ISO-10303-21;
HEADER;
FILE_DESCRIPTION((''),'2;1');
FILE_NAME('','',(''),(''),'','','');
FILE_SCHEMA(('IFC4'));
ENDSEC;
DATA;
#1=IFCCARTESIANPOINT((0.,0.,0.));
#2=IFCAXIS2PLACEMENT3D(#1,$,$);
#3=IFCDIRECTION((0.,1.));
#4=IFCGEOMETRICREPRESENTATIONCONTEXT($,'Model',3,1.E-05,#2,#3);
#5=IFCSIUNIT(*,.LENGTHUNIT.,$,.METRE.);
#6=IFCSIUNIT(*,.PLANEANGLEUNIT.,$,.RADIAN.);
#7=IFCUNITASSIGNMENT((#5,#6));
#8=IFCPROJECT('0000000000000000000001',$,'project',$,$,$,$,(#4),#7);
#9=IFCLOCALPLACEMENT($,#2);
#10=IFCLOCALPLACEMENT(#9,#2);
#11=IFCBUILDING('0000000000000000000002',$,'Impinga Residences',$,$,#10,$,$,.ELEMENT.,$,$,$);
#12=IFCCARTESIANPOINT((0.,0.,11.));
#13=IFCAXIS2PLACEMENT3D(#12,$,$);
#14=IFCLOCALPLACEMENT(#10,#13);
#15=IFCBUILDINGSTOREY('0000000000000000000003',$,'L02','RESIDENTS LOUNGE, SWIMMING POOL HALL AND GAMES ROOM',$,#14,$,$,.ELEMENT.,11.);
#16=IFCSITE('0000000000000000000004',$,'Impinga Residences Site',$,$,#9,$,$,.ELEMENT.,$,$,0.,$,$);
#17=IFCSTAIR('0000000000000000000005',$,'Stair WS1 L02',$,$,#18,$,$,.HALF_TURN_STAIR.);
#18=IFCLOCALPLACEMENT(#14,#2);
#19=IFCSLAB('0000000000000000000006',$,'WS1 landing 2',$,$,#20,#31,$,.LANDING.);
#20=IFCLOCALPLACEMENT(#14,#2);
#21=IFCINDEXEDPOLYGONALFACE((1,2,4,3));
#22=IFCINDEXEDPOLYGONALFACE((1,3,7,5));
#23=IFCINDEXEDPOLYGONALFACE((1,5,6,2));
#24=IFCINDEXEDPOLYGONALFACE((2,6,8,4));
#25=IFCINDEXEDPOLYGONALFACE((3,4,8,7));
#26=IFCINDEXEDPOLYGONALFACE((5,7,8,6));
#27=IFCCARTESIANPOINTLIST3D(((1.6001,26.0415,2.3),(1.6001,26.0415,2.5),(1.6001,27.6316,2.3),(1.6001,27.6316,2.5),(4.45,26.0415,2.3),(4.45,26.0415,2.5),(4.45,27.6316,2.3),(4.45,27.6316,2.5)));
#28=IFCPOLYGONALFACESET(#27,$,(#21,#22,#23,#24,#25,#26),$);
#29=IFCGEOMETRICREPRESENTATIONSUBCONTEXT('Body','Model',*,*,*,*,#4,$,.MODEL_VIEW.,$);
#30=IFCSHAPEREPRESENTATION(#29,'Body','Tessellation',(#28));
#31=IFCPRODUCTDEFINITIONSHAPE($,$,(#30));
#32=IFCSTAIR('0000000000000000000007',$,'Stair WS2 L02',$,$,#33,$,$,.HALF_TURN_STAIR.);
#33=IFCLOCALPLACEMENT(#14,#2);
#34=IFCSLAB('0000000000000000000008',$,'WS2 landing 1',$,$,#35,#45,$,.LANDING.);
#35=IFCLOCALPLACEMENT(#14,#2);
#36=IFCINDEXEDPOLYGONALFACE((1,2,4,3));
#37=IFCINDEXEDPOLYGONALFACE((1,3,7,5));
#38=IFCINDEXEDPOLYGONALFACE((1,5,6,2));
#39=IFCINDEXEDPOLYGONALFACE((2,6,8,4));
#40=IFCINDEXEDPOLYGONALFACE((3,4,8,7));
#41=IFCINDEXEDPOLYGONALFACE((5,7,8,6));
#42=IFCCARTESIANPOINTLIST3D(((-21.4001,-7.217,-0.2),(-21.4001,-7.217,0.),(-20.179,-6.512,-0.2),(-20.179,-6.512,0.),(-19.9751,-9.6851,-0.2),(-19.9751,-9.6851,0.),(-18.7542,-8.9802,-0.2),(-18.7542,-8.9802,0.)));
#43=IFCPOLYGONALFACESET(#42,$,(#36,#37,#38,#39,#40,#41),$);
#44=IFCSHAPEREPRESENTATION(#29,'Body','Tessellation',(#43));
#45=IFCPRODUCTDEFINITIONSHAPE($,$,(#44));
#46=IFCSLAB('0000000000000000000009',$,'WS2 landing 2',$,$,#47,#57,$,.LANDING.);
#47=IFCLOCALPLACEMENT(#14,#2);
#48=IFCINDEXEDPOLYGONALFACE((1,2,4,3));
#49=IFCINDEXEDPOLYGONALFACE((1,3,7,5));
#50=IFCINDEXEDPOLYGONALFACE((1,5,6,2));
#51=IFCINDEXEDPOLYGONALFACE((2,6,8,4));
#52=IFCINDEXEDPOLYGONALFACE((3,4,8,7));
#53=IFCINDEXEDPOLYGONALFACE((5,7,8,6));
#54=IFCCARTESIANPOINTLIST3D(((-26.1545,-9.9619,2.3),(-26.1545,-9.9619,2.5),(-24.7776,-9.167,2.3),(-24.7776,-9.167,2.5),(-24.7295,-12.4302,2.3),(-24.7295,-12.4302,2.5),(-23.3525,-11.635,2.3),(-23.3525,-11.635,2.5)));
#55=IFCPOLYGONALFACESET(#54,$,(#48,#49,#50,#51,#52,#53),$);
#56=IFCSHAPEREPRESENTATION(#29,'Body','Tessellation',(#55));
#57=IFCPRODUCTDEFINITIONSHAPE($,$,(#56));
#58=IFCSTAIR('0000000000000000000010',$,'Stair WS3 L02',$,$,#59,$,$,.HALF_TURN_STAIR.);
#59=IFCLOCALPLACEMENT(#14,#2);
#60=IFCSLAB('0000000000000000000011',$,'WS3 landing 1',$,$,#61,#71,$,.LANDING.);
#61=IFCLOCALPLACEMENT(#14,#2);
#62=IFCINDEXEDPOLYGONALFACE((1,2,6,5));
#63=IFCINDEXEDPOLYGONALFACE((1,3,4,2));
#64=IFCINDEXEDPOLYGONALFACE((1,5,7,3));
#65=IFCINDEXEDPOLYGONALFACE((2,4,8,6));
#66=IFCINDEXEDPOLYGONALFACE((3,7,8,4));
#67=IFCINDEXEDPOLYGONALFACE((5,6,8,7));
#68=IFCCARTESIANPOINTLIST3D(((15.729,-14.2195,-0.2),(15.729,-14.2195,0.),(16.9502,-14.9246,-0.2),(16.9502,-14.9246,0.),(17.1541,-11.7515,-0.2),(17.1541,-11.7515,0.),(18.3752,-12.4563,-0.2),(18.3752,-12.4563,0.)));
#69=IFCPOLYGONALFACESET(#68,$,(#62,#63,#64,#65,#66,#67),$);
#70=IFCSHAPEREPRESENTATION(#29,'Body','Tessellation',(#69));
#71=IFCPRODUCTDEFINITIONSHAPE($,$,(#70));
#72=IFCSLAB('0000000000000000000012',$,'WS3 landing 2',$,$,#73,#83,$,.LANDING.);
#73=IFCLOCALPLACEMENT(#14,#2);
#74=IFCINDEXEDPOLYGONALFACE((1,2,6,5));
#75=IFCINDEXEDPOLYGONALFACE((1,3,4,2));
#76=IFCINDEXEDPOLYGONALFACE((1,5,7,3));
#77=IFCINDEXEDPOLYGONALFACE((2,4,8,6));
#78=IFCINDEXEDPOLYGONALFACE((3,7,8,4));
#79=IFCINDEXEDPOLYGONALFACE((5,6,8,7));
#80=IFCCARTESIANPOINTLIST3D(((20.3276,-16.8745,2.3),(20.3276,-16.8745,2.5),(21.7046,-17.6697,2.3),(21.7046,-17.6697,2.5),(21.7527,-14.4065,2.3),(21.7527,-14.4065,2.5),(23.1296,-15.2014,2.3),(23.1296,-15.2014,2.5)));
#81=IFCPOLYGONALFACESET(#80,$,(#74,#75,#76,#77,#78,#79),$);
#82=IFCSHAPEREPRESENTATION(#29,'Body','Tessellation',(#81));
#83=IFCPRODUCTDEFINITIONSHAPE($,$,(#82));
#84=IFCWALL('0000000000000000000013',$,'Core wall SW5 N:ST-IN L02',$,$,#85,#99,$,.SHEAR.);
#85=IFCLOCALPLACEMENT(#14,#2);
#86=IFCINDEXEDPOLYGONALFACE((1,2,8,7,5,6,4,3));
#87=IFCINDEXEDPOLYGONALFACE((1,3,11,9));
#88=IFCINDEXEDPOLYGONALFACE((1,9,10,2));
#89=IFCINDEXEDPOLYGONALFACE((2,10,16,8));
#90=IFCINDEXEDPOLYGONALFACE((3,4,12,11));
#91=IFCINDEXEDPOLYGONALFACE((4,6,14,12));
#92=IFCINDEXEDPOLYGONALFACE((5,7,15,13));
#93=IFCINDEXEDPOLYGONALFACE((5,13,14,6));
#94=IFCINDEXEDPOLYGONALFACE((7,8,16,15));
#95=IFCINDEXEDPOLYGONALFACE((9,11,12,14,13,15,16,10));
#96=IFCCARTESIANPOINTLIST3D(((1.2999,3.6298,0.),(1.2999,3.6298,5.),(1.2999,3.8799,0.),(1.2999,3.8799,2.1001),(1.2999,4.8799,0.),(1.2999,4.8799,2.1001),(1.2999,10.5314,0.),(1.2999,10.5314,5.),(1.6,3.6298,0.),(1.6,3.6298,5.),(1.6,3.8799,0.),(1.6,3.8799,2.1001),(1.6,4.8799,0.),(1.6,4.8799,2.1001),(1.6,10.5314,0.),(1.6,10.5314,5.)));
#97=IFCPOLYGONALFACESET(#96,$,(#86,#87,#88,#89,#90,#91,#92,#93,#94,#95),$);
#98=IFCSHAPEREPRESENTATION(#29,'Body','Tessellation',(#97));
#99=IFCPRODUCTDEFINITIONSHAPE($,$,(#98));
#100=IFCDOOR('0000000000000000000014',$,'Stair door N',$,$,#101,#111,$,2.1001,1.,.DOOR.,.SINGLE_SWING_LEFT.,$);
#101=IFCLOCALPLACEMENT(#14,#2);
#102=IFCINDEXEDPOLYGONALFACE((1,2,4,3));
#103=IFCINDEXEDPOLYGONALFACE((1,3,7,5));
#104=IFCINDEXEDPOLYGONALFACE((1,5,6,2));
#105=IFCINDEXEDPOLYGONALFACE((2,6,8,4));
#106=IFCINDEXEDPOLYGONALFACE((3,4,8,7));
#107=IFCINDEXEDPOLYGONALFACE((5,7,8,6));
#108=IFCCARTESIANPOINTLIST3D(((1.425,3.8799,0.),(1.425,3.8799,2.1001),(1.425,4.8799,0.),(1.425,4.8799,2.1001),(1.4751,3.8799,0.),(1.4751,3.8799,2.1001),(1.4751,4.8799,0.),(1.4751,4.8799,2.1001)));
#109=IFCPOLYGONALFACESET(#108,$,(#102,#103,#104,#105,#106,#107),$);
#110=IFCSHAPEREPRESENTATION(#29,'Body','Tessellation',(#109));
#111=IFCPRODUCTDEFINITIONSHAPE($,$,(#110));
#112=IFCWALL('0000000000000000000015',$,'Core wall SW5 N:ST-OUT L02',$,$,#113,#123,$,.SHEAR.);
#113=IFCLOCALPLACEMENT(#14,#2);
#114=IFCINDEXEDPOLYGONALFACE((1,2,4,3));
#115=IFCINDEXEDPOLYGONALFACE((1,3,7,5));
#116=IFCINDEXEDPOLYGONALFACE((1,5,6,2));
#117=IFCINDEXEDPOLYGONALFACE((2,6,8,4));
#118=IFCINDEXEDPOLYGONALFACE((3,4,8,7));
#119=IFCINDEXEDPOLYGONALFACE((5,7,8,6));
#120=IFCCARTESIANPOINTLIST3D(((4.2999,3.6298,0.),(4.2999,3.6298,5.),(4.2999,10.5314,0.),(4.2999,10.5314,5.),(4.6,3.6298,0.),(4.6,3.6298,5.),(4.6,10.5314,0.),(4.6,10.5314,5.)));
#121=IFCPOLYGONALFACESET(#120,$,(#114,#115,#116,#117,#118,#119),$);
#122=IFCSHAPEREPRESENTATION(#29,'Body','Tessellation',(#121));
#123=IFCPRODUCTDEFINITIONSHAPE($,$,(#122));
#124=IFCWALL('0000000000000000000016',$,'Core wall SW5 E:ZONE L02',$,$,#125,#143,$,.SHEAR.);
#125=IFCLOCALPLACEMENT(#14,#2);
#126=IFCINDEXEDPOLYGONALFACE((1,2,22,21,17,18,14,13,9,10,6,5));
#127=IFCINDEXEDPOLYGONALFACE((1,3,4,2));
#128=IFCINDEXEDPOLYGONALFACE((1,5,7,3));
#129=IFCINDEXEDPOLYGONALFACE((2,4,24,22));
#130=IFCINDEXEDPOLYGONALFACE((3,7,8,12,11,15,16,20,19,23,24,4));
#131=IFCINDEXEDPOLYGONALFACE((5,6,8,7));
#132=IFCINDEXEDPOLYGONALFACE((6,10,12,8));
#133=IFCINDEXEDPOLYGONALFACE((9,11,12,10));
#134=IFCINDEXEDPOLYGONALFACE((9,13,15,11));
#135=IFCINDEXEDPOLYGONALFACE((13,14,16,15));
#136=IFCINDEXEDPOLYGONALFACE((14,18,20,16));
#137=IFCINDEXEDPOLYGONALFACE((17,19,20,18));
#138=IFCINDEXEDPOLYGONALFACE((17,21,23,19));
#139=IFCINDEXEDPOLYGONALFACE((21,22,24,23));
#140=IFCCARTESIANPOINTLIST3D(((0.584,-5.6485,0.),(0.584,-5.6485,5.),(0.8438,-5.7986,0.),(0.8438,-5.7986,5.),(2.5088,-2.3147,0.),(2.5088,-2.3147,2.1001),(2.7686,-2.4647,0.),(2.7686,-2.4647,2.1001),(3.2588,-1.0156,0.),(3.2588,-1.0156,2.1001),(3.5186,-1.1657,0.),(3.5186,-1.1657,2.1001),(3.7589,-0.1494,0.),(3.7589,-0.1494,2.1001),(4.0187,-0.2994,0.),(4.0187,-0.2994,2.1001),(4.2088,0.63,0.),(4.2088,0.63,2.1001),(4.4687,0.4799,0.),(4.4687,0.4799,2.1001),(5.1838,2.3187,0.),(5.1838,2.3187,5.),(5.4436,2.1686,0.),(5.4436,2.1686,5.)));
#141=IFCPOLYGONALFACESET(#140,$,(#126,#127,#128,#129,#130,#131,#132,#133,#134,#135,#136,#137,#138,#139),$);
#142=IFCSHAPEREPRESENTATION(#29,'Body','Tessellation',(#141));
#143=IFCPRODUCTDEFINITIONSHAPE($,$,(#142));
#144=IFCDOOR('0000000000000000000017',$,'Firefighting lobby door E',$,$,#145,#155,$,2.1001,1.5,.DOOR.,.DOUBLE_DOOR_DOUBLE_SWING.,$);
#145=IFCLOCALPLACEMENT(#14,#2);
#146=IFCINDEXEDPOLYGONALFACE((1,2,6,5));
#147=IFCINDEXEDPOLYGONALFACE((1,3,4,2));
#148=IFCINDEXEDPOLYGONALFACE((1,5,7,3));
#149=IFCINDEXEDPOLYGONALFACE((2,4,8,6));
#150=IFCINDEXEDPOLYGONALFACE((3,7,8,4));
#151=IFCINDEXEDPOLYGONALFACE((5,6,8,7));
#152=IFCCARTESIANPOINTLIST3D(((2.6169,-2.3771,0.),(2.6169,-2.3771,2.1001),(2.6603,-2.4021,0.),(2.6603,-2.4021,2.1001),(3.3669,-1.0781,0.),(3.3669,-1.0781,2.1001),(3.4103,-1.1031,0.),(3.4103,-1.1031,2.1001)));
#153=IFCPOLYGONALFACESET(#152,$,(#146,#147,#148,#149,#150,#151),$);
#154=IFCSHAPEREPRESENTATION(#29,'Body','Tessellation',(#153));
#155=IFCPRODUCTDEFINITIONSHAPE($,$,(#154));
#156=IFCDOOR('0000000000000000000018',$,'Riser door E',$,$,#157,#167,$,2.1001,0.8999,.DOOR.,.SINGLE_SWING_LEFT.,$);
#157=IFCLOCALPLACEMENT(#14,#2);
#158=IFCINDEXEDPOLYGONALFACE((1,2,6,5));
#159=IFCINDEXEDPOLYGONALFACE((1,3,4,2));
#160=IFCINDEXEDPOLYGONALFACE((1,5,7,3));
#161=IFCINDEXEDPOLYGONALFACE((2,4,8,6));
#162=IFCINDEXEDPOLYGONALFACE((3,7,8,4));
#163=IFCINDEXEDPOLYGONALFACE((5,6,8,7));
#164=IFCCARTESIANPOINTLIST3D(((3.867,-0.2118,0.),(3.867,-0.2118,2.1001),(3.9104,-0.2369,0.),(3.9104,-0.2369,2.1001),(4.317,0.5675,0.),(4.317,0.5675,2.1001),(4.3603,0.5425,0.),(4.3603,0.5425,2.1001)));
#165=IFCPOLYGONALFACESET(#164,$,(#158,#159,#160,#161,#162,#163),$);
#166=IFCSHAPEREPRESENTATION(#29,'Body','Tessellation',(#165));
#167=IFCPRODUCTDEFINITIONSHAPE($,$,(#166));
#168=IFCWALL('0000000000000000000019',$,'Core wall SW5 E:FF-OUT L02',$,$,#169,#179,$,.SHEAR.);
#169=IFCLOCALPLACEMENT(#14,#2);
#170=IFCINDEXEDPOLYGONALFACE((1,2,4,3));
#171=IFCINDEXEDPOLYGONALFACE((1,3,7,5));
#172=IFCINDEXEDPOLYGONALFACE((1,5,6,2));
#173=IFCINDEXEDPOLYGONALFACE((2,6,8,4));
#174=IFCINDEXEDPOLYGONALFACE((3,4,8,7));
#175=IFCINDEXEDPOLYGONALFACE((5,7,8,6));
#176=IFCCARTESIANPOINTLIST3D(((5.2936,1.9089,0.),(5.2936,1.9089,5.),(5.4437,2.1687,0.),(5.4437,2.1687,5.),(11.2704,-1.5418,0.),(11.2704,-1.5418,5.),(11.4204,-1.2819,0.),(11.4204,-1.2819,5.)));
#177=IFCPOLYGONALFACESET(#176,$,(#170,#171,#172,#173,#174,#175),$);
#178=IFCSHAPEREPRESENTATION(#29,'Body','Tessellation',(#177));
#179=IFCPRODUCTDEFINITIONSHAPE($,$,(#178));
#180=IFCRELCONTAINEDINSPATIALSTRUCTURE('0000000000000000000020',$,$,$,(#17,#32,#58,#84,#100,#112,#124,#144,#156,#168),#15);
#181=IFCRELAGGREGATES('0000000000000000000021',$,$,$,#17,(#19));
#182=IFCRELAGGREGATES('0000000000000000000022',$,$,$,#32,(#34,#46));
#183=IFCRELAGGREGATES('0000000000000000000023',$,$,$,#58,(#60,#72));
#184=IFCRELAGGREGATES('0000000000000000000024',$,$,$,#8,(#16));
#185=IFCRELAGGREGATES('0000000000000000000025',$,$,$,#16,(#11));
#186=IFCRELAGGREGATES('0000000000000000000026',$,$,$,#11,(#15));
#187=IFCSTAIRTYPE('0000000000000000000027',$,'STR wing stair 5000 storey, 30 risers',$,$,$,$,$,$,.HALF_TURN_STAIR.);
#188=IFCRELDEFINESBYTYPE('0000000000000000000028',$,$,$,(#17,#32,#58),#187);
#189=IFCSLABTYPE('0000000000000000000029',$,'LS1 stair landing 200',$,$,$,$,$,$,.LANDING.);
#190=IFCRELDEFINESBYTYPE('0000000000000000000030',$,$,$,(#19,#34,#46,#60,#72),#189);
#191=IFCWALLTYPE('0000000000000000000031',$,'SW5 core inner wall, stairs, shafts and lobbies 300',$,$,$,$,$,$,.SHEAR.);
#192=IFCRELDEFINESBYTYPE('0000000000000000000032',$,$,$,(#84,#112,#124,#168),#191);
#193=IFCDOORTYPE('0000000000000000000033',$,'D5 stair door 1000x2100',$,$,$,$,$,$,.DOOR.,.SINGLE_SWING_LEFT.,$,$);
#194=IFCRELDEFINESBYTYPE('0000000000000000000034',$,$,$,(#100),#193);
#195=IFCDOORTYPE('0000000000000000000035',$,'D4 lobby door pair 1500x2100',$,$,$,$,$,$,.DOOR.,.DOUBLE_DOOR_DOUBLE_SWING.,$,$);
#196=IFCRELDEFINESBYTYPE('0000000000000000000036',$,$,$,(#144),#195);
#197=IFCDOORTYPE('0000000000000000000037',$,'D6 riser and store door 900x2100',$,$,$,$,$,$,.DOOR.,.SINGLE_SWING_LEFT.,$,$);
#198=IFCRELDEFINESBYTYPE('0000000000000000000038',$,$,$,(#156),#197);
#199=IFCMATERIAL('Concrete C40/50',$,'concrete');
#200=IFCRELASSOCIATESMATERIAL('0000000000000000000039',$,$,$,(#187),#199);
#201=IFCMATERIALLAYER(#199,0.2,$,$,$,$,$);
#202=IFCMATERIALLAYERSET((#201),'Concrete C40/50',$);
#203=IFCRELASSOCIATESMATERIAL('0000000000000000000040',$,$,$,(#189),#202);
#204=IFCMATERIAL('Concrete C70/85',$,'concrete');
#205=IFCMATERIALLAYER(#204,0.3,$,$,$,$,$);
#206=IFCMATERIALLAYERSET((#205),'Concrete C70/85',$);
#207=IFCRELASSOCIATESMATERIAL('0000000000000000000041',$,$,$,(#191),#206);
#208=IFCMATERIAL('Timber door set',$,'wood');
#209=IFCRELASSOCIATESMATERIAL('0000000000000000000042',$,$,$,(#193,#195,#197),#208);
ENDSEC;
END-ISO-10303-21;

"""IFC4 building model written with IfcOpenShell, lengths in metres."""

from ifc_helpers import new_model, si_unit, direction, frame, frame_2d, origin, place, context, subcontext, project, spatial, polyline, rectangle, outline, extrude, material, layer, layer_set, type_object, element, fill, aggregate, save


model = new_model("IFC4")

# Units and contexts
model_context = context("Model", 3, precision=1e-05, world=origin(), true_north=direction((0.0, 1.0)))
body_context = subcontext(model_context, "Body", "Model", "MODEL_VIEW")
ifc_project = project(units=[si_unit("LENGTHUNIT", "METRE"), si_unit("PLANEANGLEUNIT", "RADIAN")], contexts=[model_context])

# Site, building, storey
site_placement = place(None, origin())
site = spatial("IfcSite", under=ifc_project, at=site_placement, Name="Impinga Residences Site", CompositionType="ELEMENT", RefElevation=0.0)
building_placement = place(site_placement, origin())
building = spatial("IfcBuilding", under=site, at=building_placement, Name="Impinga Residences", CompositionType="ELEMENT")
storey_placement = place(building_placement, frame((0.0, 0.0, 11.0)))
storey = spatial("IfcBuildingStorey", under=building, at=storey_placement, Name="L02", Description="RESIDENTS LOUNGE, SWIMMING POOL HALL AND GAMES ROOM", CompositionType="ELEMENT", Elevation=11.0)

# Stair, slab
ifc_material_1 = material(Name="Concrete C40/50", Category="concrete")
stair_type_1 = type_object("IfcStairType", Name="STR wing stair 5000 storey, 30 risers", PredefinedType="HALF_TURN_STAIR", material=ifc_material_1)
stair_1_placement = place(storey_placement, origin())
stair_1 = element("IfcStair", 1, at=stair_1_placement, inside=storey, type_object=stair_type_1, Name="Stair WS1 L02", PredefinedType="HALF_TURN_STAIR")
ifc_layer_1 = layer(ifc_material_1, 0.2)
ifc_layer_set_1 = layer_set([ifc_layer_1], Name="Concrete C40/50")
slab_type = type_object("IfcSlabType", Name="LS1 stair landing 200", PredefinedType="LANDING", material=ifc_layer_set_1)
slab_1_placement = place(storey_placement, frame((0.0, 0.0, 2.3)))
slab_1 = element("IfcSlab", 2, at=slab_1_placement, type_object=slab_type, Name="WS1 landing 2", PredefinedType="LANDING", context=body_context, shape_type="SweptSolid", body=[
    extrude(outline(polyline([(1.6001, 26.0415), (4.45, 26.0415), (4.45, 27.6316), (1.6001, 27.6316), (1.6001, 26.0415)])), origin(), (0.0, 0.0, 1.0), 0.2),
])
aggregate(stair_1, [slab_1])

# Stairs, slabs
stair_2_placement = place(storey_placement, origin())
stair_2 = element("IfcStair", 3, at=stair_2_placement, inside=storey, type_object=stair_type_1, Name="Stair WS2 L02", PredefinedType="HALF_TURN_STAIR")
slab_2_placement = place(storey_placement, frame((0.0, 0.0, -0.2)))
slab_2 = element("IfcSlab", 4, at=slab_2_placement, type_object=slab_type, Name="WS2 landing 1", PredefinedType="LANDING", context=body_context, shape_type="SweptSolid", body=[
    extrude(outline(polyline([(-18.7542, -8.9802), (-20.179, -6.512), (-21.4001, -7.217), (-19.9751, -9.6851), (-18.7542, -8.9802)])), origin(), (0.0, 0.0, 1.0), 0.2),
])
slab_3_placement = place(storey_placement, frame((0.0, 0.0, 2.3)))
slab_3 = element("IfcSlab", 5, at=slab_3_placement, type_object=slab_type, Name="WS2 landing 2", PredefinedType="LANDING", context=body_context, shape_type="SweptSolid", body=[
    extrude(outline(polyline([(-23.3525, -11.635), (-24.7776, -9.167), (-26.1545, -9.9619), (-24.7295, -12.4302), (-23.3525, -11.635)])), origin(), (0.0, 0.0, 1.0), 0.2),
])
aggregate(stair_2, [slab_2, slab_3])
stair_3_placement = place(storey_placement, origin())
stair_3 = element("IfcStair", 6, at=stair_3_placement, inside=storey, type_object=stair_type_1, Name="Stair WS3 L02", PredefinedType="HALF_TURN_STAIR")
slab_4_placement = place(storey_placement, frame((0.0, 0.0, -0.2)))
slab_4 = element("IfcSlab", 7, at=slab_4_placement, type_object=slab_type, Name="WS3 landing 1", PredefinedType="LANDING", context=body_context, shape_type="SweptSolid", body=[
    extrude(outline(polyline([(17.1541, -11.7515), (15.729, -14.2195), (16.9502, -14.9246), (18.3752, -12.4563), (17.1541, -11.7515)])), origin(), (0.0, 0.0, 1.0), 0.2),
])
slab_5_placement = place(storey_placement, frame((0.0, 0.0, 2.3)))
slab_5 = element("IfcSlab", 8, at=slab_5_placement, type_object=slab_type, Name="WS3 landing 2", PredefinedType="LANDING", context=body_context, shape_type="SweptSolid", body=[
    extrude(outline(polyline([(21.7527, -14.4065), (20.3276, -16.8745), (21.7046, -17.6697), (23.1296, -15.2014), (21.7527, -14.4065)])), origin(), (0.0, 0.0, 1.0), 0.2),
])
aggregate(stair_3, [slab_4, slab_5])

# Wall, opening, door
ifc_material_2 = material(Name="Concrete C70/85", Category="concrete")
ifc_layer_2 = layer(ifc_material_2, 0.3)
ifc_layer_set_2 = layer_set([ifc_layer_2], Name="Concrete C70/85")
wall_type_1 = type_object("IfcWallType", Name="SW5 core inner wall, stairs, shafts and lobbies 300", PredefinedType="SHEAR", material=ifc_layer_set_2)
wall_1_placement = place(storey_placement, frame((1.45, 3.6299, 0.0), z_axis=(0.0, 0.0, 1.0), x_axis=(0.0, 1.0, 0.0)))
wall_1 = element("IfcWall", 9, at=wall_1_placement, inside=storey, type_object=wall_type_1, Name="Core wall SW5 N:ST-IN L02", PredefinedType="SHEAR", context=body_context, shape_type="SweptSolid", body=[
    extrude(rectangle(XDim=6.9016, YDim=0.3, at=frame_2d((3.4507, 0.0))), origin(), (0.0, 0.0, 1.0), 5.0),
])
opening_1_placement = place(wall_1_placement, frame((0.25, 0.0, 0.0)))
opening_1 = element("IfcOpeningElement", 10, at=opening_1_placement, cuts=wall_1, PredefinedType="OPENING", context=body_context, shape_type="SweptSolid", body=[
    extrude(rectangle(XDim=1.0, YDim=2.1001, at=frame_2d((0.5, 1.05))), frame((0.0, 0.1599, 0.0), z_axis=(0.0, -1.0, 0.0), x_axis=(1.0, 0.0, 0.0)), (0.0, 0.0, 1.0), 0.3201),
])
ifc_material_3 = material(Name="Timber door set", Category="wood")
door_type_1 = type_object("IfcDoorType", Name="D5 stair door 1000x2100", OperationType="SINGLE_SWING_LEFT", PredefinedType="DOOR", material=ifc_material_3)
door_1_placement = place(opening_1_placement, origin())
door_1 = element("IfcDoor", 11, at=door_1_placement, inside=storey, type_object=door_type_1, Name="Stair door N", OperationType="SINGLE_SWING_LEFT", OverallHeight=2.1001, OverallWidth=1.0, PredefinedType="DOOR", context=body_context, shape_type="SweptSolid", body=[
    extrude(rectangle(XDim=1.0, YDim=2.1001, at=frame_2d((0.5, 1.05))), frame((0.0, 0.0249, 0.0), z_axis=(0.0, -1.0, 0.0), x_axis=(1.0, 0.0, 0.0)), (0.0, 0.0, 1.0), 0.05),
])
fill(opening_1, door_1)

# Wall
wall_2_placement = place(storey_placement, frame((4.45, 3.6299, 0.0), z_axis=(0.0, 0.0, 1.0), x_axis=(0.0, 1.0, 0.0)))
element("IfcWall", 12, at=wall_2_placement, inside=storey, type_object=wall_type_1, Name="Core wall SW5 N:ST-OUT L02", PredefinedType="SHEAR", context=body_context, shape_type="SweptSolid", body=[
    extrude(rectangle(XDim=6.9016, YDim=0.3, at=frame_2d((3.4507, 0.0))), origin(), (0.0, 0.0, 1.0), 5.0),
])

# Wall, openings, doors
wall_3_placement = place(storey_placement, frame((5.3137, 2.2437, 0.0), z_axis=(0.0, 0.0, 1.0), x_axis=(-0.499995, -0.866028, 0.0)))
wall_3 = element("IfcWall", 13, at=wall_3_placement, inside=storey, type_object=wall_type_1, Name="Core wall SW5 E:ZONE L02", PredefinedType="SHEAR", context=body_context, shape_type="SweptSolid", body=[
    extrude(rectangle(XDim=9.1997, YDim=0.3, at=frame_2d((4.5999, 0.0))), origin(), (0.0, 0.0, 1.0), 5.0),
])
opening_2_placement = place(wall_3_placement, frame((3.8501, 0.0, 0.0)))
opening_2 = element("IfcOpeningElement", 14, at=opening_2_placement, cuts=wall_3, PredefinedType="OPENING", context=body_context, shape_type="SweptSolid", body=[
    extrude(rectangle(XDim=1.5, YDim=2.1001, at=frame_2d((0.75, 1.05))), frame((0.0, 0.1599, 0.0), z_axis=(0.0, -1.0, 0.0), x_axis=(1.0, 0.0, 0.0)), (0.0, 0.0, 1.0), 0.3201),
])
opening_3_placement = place(wall_3_placement, frame((1.95, 0.0, 0.0)))
opening_3 = element("IfcOpeningElement", 15, at=opening_3_placement, cuts=wall_3, PredefinedType="OPENING", context=body_context, shape_type="SweptSolid", body=[
    extrude(rectangle(XDim=0.8999, YDim=2.1001, at=frame_2d((0.45, 1.05))), frame((0.0, 0.1599, 0.0), z_axis=(0.0, -1.0, 0.0), x_axis=(1.0, 0.0, 0.0)), (0.0, 0.0, 1.0), 0.3201),
])
door_type_2 = type_object("IfcDoorType", Name="D4 lobby door pair 1500x2100", OperationType="DOUBLE_DOOR_DOUBLE_SWING", PredefinedType="DOOR", material=ifc_material_3)
door_2_placement = place(opening_2_placement, origin())
door_2 = element("IfcDoor", 16, at=door_2_placement, inside=storey, type_object=door_type_2, Name="Firefighting lobby door E", OperationType="DOUBLE_DOOR_DOUBLE_SWING", OverallHeight=2.1001, OverallWidth=1.5, PredefinedType="DOOR", context=body_context, shape_type="SweptSolid", body=[
    extrude(rectangle(XDim=1.5, YDim=2.1001, at=frame_2d((0.75, 1.05))), frame((0.0, 0.0249, 0.0), z_axis=(0.0, -1.0, 0.0), x_axis=(1.0, 0.0, 0.0)), (0.0, 0.0, 1.0), 0.05),
])
fill(opening_2, door_2)
door_type_3 = type_object("IfcDoorType", Name="D6 riser and store door 900x2100", OperationType="SINGLE_SWING_LEFT", PredefinedType="DOOR", material=ifc_material_3)
door_3_placement = place(opening_3_placement, origin())
door_3 = element("IfcDoor", 17, at=door_3_placement, inside=storey, type_object=door_type_3, Name="Riser door E", OperationType="SINGLE_SWING_LEFT", OverallHeight=2.1001, OverallWidth=0.8999, PredefinedType="DOOR", context=body_context, shape_type="SweptSolid", body=[
    extrude(rectangle(XDim=0.8999, YDim=2.1001, at=frame_2d((0.45, 1.05))), frame((0.0, 0.0249, 0.0), z_axis=(0.0, -1.0, 0.0), x_axis=(1.0, 0.0, 0.0)), (0.0, 0.0, 1.0), 0.05),
])
fill(opening_3, door_3)

# Wall
wall_4_placement = place(storey_placement, frame((5.3687, 2.0388, 0.0), z_axis=(0.0, 0.0, 1.0), x_axis=(0.866027, -0.499997, 0.0)))
element("IfcWall", 18, at=wall_4_placement, inside=storey, type_object=wall_type_1, Name="Core wall SW5 E:FF-OUT L02", PredefinedType="SHEAR", context=body_context, shape_type="SweptSolid", body=[
    extrude(rectangle(XDim=6.9014, YDim=0.3, at=frame_2d((3.4507, 0.0))), origin(), (0.0, 0.0, 1.0), 5.0),
])

save(model, "model.ifc")
